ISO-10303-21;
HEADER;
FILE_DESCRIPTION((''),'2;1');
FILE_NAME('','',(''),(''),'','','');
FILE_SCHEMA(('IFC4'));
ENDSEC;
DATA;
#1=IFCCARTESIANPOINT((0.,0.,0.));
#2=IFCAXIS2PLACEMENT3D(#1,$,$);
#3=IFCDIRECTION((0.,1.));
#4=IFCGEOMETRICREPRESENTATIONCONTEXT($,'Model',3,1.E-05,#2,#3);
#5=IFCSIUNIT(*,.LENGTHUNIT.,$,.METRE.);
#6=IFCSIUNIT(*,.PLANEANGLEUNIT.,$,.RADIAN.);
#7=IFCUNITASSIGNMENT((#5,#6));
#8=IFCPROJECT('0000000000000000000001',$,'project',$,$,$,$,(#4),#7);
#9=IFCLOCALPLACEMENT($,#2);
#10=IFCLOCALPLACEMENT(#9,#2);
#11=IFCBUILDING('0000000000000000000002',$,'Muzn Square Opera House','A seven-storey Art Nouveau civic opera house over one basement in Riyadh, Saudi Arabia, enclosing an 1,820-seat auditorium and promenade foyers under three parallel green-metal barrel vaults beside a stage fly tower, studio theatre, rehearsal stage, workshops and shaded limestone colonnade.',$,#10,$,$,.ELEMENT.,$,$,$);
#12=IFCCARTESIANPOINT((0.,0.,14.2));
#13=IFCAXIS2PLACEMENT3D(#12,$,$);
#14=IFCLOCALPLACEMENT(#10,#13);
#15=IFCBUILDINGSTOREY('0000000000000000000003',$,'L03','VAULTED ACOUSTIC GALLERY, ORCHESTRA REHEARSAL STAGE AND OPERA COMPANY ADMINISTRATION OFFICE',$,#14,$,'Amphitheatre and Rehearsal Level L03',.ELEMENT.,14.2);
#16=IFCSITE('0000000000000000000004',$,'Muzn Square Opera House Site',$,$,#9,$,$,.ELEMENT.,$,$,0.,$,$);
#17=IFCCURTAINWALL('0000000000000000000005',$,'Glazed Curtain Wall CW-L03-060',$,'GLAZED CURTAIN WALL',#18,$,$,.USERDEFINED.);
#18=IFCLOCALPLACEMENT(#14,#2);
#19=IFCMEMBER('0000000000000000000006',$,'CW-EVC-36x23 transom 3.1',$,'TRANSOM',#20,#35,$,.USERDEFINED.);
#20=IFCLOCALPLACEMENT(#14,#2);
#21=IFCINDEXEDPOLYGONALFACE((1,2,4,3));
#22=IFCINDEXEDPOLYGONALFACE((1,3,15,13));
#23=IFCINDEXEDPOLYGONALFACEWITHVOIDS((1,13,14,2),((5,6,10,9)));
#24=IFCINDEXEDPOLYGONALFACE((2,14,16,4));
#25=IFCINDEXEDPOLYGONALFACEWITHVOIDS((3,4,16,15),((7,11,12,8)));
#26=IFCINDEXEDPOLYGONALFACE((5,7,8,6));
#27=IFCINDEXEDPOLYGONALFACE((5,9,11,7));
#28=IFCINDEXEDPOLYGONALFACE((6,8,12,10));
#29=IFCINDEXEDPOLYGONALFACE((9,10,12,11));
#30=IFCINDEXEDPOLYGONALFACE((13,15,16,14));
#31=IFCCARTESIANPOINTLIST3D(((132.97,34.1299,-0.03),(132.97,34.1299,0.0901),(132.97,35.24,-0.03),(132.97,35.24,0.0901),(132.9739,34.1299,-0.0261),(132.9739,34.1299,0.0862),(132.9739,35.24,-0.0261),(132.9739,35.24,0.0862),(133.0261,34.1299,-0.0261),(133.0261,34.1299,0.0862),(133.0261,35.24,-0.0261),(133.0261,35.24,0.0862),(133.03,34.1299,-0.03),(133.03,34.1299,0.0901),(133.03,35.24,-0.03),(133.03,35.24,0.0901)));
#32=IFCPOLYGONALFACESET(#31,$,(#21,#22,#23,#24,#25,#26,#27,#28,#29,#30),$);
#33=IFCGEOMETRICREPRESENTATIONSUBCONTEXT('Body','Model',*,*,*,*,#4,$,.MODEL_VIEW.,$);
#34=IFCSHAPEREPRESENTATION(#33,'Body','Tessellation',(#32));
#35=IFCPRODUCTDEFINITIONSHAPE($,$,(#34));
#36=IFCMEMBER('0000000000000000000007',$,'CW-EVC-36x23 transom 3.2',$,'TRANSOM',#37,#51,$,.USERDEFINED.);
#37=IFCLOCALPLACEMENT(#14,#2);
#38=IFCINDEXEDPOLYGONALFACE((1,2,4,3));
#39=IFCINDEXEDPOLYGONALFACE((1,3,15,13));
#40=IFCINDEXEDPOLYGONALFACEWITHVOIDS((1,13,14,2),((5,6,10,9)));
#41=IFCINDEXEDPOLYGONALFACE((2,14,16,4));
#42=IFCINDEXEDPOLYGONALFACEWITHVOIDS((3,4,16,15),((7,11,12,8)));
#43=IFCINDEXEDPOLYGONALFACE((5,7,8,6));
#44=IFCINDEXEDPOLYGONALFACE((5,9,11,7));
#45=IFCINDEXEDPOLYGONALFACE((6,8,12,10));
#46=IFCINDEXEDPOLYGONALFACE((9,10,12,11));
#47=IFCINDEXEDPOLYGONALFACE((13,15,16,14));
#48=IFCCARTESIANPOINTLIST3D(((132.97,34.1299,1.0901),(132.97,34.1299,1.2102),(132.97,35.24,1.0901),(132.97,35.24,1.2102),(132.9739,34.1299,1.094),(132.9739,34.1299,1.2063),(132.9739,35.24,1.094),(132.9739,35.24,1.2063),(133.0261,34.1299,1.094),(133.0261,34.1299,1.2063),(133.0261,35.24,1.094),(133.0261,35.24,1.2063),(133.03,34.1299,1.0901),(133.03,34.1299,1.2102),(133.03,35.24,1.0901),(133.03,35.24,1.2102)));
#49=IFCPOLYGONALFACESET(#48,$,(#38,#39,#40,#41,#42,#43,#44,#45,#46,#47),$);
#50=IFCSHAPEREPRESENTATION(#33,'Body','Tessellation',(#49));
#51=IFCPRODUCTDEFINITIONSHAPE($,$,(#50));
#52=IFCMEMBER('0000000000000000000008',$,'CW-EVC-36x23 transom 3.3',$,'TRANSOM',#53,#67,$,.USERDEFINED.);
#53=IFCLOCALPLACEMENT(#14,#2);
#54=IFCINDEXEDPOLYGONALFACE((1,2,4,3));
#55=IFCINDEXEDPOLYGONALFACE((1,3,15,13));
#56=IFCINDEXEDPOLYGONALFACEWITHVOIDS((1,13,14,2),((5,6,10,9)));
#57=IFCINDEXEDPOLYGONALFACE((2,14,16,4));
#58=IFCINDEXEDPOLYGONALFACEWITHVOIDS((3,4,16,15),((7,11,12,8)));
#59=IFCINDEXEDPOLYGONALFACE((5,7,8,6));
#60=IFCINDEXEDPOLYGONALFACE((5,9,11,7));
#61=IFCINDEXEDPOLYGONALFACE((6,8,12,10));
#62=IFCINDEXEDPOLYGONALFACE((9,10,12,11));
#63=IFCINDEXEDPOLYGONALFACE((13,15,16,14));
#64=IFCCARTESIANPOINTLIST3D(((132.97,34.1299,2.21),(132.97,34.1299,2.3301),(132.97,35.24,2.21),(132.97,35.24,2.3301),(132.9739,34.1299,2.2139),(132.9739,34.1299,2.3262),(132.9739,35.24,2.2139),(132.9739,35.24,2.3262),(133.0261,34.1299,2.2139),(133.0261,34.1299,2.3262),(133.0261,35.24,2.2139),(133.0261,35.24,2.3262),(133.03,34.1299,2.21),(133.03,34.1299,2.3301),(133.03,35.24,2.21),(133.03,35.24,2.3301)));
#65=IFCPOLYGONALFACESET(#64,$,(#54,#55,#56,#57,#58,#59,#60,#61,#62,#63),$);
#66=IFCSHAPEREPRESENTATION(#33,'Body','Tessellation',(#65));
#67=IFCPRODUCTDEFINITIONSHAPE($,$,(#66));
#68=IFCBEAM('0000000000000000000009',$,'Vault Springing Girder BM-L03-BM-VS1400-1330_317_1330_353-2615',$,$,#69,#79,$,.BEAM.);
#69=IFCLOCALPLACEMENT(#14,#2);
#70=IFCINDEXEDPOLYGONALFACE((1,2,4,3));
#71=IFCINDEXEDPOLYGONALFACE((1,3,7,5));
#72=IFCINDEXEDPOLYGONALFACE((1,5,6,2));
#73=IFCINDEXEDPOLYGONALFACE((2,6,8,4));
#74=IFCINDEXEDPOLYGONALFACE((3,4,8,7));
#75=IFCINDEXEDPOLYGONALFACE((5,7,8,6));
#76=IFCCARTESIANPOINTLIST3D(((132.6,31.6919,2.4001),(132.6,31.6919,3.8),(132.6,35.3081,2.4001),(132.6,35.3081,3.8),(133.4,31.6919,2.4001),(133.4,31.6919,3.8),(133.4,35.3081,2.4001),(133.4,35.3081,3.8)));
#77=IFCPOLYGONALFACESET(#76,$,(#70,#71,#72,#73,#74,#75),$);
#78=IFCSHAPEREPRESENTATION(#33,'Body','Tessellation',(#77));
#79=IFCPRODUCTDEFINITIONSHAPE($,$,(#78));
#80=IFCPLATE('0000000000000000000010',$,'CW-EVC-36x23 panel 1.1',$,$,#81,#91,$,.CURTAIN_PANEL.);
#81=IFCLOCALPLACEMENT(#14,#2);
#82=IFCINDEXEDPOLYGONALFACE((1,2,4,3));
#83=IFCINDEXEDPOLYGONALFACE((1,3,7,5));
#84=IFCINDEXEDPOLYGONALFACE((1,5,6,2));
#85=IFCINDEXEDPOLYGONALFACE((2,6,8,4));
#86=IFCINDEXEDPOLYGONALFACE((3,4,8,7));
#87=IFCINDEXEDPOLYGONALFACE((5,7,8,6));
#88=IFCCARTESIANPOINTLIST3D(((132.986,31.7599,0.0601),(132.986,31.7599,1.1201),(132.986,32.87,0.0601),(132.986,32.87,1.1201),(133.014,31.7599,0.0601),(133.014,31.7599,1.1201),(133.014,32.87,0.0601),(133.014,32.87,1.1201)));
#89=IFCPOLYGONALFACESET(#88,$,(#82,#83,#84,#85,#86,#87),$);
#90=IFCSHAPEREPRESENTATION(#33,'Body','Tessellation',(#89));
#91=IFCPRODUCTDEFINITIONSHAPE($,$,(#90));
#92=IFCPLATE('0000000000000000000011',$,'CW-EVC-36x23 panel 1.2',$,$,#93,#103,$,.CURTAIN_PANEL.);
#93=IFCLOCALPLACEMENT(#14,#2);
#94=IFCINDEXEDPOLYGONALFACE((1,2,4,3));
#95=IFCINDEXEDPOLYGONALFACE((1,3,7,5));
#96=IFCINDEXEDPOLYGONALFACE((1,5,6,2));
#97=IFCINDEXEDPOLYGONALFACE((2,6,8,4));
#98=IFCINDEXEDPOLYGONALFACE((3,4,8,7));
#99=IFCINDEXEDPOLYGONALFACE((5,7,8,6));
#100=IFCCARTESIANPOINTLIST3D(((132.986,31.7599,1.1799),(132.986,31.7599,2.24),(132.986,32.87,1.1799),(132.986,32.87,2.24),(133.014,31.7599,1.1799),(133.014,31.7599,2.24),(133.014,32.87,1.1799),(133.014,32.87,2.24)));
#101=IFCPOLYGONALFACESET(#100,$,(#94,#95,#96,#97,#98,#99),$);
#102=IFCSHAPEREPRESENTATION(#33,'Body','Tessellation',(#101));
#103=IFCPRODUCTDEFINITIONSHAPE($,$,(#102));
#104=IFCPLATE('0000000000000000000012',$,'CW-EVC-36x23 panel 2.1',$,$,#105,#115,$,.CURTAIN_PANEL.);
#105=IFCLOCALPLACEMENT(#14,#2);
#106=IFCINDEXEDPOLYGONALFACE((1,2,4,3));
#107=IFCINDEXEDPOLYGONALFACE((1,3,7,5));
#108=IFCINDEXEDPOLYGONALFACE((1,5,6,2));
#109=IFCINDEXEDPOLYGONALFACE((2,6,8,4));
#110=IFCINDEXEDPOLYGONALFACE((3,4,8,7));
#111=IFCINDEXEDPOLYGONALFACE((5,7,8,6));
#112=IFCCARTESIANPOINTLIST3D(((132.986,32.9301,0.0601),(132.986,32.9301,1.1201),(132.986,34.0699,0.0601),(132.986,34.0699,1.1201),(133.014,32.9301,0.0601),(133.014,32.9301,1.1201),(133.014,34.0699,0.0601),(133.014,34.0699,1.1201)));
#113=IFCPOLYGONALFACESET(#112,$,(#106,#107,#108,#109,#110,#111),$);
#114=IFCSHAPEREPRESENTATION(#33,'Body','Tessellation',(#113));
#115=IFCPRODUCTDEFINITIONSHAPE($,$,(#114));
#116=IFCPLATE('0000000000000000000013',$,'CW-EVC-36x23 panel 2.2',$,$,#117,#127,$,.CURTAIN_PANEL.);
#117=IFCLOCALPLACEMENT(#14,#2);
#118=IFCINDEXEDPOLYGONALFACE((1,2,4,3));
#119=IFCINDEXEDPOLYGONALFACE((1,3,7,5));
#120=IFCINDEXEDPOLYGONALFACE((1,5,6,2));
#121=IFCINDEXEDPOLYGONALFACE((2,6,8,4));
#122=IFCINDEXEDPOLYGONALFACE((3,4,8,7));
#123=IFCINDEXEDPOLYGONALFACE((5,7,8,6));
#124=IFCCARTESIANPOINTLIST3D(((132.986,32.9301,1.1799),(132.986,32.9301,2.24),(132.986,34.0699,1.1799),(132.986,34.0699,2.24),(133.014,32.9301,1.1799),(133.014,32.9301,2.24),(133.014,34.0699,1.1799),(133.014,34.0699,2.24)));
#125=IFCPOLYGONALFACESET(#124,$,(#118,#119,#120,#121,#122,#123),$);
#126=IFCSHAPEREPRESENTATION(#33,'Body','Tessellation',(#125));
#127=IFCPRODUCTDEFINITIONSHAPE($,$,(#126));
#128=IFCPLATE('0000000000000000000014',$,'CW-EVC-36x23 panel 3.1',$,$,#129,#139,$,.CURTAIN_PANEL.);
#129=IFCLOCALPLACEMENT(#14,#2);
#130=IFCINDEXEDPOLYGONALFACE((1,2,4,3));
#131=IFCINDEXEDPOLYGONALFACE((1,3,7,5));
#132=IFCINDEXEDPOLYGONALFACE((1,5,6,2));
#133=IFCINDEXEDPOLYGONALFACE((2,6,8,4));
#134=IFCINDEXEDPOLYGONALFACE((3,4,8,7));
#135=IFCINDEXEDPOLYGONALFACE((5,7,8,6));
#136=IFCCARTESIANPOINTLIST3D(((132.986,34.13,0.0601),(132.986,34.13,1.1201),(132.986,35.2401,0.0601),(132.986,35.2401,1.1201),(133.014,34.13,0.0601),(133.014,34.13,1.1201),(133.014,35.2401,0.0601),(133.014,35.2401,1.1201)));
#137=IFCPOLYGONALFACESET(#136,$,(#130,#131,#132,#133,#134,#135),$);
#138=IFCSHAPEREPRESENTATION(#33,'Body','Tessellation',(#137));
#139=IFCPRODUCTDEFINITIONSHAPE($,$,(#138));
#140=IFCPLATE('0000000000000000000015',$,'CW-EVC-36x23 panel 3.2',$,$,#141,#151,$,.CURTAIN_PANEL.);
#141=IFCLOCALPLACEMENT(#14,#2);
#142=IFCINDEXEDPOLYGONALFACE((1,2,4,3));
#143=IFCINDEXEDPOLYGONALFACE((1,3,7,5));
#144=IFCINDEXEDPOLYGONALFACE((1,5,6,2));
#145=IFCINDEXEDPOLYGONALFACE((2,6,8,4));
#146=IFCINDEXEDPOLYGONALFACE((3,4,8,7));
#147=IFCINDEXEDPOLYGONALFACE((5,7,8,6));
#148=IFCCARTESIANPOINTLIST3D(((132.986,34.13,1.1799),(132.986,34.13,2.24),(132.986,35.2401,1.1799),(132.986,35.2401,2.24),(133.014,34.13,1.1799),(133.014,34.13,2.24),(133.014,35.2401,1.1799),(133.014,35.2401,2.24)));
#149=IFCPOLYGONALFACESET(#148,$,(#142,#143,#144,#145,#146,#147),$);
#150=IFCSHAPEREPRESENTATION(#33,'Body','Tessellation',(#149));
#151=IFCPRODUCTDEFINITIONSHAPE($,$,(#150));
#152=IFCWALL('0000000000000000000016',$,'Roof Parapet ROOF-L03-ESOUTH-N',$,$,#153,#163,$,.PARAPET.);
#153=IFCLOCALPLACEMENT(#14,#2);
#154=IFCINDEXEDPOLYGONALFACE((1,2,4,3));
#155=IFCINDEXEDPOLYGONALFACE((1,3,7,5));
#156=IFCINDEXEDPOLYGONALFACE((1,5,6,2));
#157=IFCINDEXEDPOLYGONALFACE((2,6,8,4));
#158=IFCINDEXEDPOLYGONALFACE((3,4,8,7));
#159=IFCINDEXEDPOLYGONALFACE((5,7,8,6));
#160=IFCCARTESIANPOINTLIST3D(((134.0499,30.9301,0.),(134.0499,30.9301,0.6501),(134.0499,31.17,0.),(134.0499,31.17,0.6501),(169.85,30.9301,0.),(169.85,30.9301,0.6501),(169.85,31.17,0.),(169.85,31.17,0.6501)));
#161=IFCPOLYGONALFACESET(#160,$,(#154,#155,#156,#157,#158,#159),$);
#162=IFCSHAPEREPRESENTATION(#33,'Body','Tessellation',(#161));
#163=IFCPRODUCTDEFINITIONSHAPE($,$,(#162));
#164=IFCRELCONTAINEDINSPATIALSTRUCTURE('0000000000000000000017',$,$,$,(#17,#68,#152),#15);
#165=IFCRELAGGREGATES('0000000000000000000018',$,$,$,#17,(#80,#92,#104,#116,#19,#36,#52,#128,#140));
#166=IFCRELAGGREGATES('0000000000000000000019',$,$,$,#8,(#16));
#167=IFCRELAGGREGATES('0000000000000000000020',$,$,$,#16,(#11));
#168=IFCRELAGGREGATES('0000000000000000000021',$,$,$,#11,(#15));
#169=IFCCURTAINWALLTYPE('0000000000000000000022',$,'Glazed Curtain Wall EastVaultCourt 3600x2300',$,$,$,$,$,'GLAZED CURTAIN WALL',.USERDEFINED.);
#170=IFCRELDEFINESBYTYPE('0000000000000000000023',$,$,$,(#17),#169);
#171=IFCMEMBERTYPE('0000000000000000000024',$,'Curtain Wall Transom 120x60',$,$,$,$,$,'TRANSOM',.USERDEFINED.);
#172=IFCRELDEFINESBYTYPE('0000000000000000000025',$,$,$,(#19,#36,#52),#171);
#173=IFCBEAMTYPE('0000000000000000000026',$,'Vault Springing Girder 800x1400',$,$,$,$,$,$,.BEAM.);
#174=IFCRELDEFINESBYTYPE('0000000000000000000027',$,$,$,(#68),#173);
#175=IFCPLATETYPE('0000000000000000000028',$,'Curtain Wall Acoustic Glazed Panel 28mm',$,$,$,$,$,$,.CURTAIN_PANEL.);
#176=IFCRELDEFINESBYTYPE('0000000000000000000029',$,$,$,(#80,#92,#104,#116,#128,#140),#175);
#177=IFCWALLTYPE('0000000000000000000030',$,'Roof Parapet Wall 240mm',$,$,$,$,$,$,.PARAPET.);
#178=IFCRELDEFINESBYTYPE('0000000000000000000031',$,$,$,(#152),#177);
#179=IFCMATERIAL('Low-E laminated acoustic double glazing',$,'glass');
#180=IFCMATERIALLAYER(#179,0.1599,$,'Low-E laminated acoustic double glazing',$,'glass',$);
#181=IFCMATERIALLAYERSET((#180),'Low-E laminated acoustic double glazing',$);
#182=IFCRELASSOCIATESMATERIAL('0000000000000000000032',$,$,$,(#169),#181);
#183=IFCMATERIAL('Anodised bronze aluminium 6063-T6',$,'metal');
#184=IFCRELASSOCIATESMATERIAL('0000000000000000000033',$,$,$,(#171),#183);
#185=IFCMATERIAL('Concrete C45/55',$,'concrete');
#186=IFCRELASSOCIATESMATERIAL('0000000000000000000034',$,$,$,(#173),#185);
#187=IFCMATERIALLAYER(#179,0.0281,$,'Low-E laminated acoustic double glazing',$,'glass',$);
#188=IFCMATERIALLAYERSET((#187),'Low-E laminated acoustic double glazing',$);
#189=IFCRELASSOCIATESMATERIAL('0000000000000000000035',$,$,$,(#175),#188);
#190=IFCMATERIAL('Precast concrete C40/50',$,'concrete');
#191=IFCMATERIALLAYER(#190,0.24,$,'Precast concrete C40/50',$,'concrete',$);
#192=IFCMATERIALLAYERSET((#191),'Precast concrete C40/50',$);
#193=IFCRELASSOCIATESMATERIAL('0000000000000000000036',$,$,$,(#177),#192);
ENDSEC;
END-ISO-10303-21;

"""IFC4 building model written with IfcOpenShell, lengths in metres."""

from ifc_helpers import new_model, si_unit, direction, frame, frame_2d, origin, origin_2d, place, context, subcontext, project, spatial, rectangle, hollow_rectangle, extrude, material, layer, layer_set, material_profile, profile_set, type_object, element, aggregate, save


model = new_model("IFC4")

# Units and contexts
model_context = context("Model", 3, precision=1e-05, world=origin(), true_north=direction((0.0, 1.0)))
body_context = subcontext(model_context, "Body", "Model", "MODEL_VIEW")
ifc_project = project(units=[si_unit("LENGTHUNIT", "METRE"), si_unit("PLANEANGLEUNIT", "RADIAN")], contexts=[model_context])

# Site, building, storey
site_placement = place(None, origin())
site = spatial("IfcSite", under=ifc_project, at=site_placement, Name="Muzn Square Opera House Site", CompositionType="ELEMENT", RefElevation=0.0)
building_placement = place(site_placement, origin())
building = spatial("IfcBuilding", under=site, at=building_placement, Name="Muzn Square Opera House", Description="A seven-storey Art Nouveau civic opera house over one basement in Riyadh, Saudi Arabia, enclosing an 1,820-seat auditorium and promenade foyers under three parallel green-metal barrel vaults beside a stage fly tower, studio theatre, rehearsal stage, workshops and shaded limestone colonnade.", CompositionType="ELEMENT")
storey_placement = place(building_placement, frame((0.0, 0.0, 14.2)))
storey = spatial("IfcBuildingStorey", under=building, at=storey_placement, Name="L03", Description="VAULTED ACOUSTIC GALLERY, ORCHESTRA REHEARSAL STAGE AND OPERA COMPANY ADMINISTRATION OFFICE", LongName="Amphitheatre and Rehearsal Level L03", CompositionType="ELEMENT", Elevation=14.2)

# Shared definitions
ifc_material_1 = material(Name="Concrete C45/55", Category="concrete")

# Curtain wall, members
ifc_material_2 = material(Name="Low-E laminated acoustic double glazing", Category="glass")
ifc_layer_1 = layer(ifc_material_2, 0.1599, Name="Low-E laminated acoustic double glazing", Category="glass")
ifc_layer_set_1 = layer_set([ifc_layer_1], Name="Low-E laminated acoustic double glazing")
curtain_wall_type = type_object("IfcCurtainWallType", Name="Glazed Curtain Wall EastVaultCourt 3600x2300", ElementType="GLAZED CURTAIN WALL", PredefinedType="USERDEFINED", material=ifc_layer_set_1)
curtain_wall_placement = place(storey_placement, origin())
curtain_wall = element("IfcCurtainWall", 1, at=curtain_wall_placement, inside=storey, type_object=curtain_wall_type, Name="Glazed Curtain Wall CW-L03-060", ObjectType="GLAZED CURTAIN WALL", PredefinedType="USERDEFINED")
ifc_material_3 = material(Name="Anodised bronze aluminium 6063-T6", Category="metal")
ifc_material_profile_1 = material_profile(ifc_material_3, hollow_rectangle(XDim=0.0601, YDim=0.1201, WallThickness=0.0039, at=origin_2d()), Name="ALU 120x60x4", Category="metal")
ifc_profile_set_1 = profile_set([ifc_material_profile_1], Name="Anodised bronze aluminium 6063-T6")
member_type_1 = type_object("IfcMemberType", Name="Curtain Wall Transom 120x60", ElementType="TRANSOM", PredefinedType="USERDEFINED", material=ifc_profile_set_1)
member_1_placement = place(storey_placement, frame((133.0, 34.1299, 0.03), z_axis=(0.0, 1.0, 0.0), x_axis=(-1.0, 0.0, 0.0)))
member_1 = element("IfcMember", 2, at=member_1_placement, type_object=member_type_1, Name="CW-EVC-36x23 transom 3.1", ObjectType="TRANSOM", PredefinedType="USERDEFINED", context=body_context, shape_type="SweptSolid", body=[
    extrude(hollow_rectangle(XDim=0.0601, YDim=0.1201, WallThickness=0.0039, at=origin_2d()), origin(), (0.0, 0.0, 1.0), 1.1101),
])
member_2_placement = place(storey_placement, frame((133.0, 34.1299, 1.1501), z_axis=(0.0, 1.0, 0.0), x_axis=(-1.0, 0.0, 0.0)))
member_2 = element("IfcMember", 3, at=member_2_placement, type_object=member_type_1, Name="CW-EVC-36x23 transom 3.2", ObjectType="TRANSOM", PredefinedType="USERDEFINED", context=body_context, shape_type="SweptSolid", body=[
    extrude(hollow_rectangle(XDim=0.0601, YDim=0.1201, WallThickness=0.0039, at=origin_2d()), origin(), (0.0, 0.0, 1.0), 1.1101),
])
member_3_placement = place(storey_placement, frame((133.0, 34.1299, 2.27), z_axis=(0.0, 1.0, 0.0), x_axis=(-1.0, 0.0, 0.0)))
member_3 = element("IfcMember", 4, at=member_3_placement, type_object=member_type_1, Name="CW-EVC-36x23 transom 3.3", ObjectType="TRANSOM", PredefinedType="USERDEFINED", context=body_context, shape_type="SweptSolid", body=[
    extrude(hollow_rectangle(XDim=0.0601, YDim=0.1201, WallThickness=0.0039, at=origin_2d()), origin(), (0.0, 0.0, 1.0), 1.1101),
])

# Beam
ifc_material_profile_2 = material_profile(ifc_material_1, rectangle(XDim=0.8, YDim=1.3999, at=origin_2d()), Name="RCB 800x1400", Category="concrete")
ifc_profile_set_2 = profile_set([ifc_material_profile_2], Name="Concrete C45/55")
beam_type = type_object("IfcBeamType", Name="Vault Springing Girder 800x1400", PredefinedType="BEAM", material=ifc_profile_set_2)
beam_placement = place(storey_placement, frame((133.0, 31.6919, 3.1001), z_axis=(0.0, 1.0, 0.0), x_axis=(-1.0, 0.0, 0.0)))
element("IfcBeam", 5, at=beam_placement, inside=storey, type_object=beam_type, Name="Vault Springing Girder BM-L03-BM-VS1400-1330_317_1330_353-2615", PredefinedType="BEAM", context=body_context, shape_type="SweptSolid", body=[
    extrude(rectangle(XDim=0.8, YDim=1.3999, at=origin_2d()), origin(), (0.0, 0.0, 1.0), 3.6162),
])

# Plates
ifc_layer_2 = layer(ifc_material_2, 0.0281, Name="Low-E laminated acoustic double glazing", Category="glass")
ifc_layer_set_2 = layer_set([ifc_layer_2], Name="Low-E laminated acoustic double glazing")
plate_type = type_object("IfcPlateType", Name="Curtain Wall Acoustic Glazed Panel 28mm", PredefinedType="CURTAIN_PANEL", material=ifc_layer_set_2)
plate_1_placement = place(storey_placement, frame((133.0, 32.3149, 0.0601), z_axis=(0.0, 0.0, 1.0), x_axis=(0.0, 1.0, 0.0)))
plate_1 = element("IfcPlate", 6, at=plate_1_placement, type_object=plate_type, Name="CW-EVC-36x23 panel 1.1", PredefinedType="CURTAIN_PANEL", context=body_context, shape_type="SweptSolid", body=[
    extrude(rectangle(XDim=1.1101, YDim=0.0281, at=origin_2d()), origin(), (0.0, 0.0, 1.0), 1.0601),
])
plate_2_placement = place(storey_placement, frame((133.0, 32.3149, 1.1799), z_axis=(0.0, 0.0, 1.0), x_axis=(0.0, 1.0, 0.0)))
plate_2 = element("IfcPlate", 7, at=plate_2_placement, type_object=plate_type, Name="CW-EVC-36x23 panel 1.2", PredefinedType="CURTAIN_PANEL", context=body_context, shape_type="SweptSolid", body=[
    extrude(rectangle(XDim=1.1101, YDim=0.0281, at=origin_2d()), origin(), (0.0, 0.0, 1.0), 1.0601),
])
plate_3_placement = place(storey_placement, frame((133.0, 33.5, 0.0601), z_axis=(0.0, 0.0, 1.0), x_axis=(0.0, 1.0, 0.0)))
plate_3 = element("IfcPlate", 8, at=plate_3_placement, type_object=plate_type, Name="CW-EVC-36x23 panel 2.1", PredefinedType="CURTAIN_PANEL", context=body_context, shape_type="SweptSolid", body=[
    extrude(rectangle(XDim=1.1399, YDim=0.0281, at=origin_2d()), origin(), (0.0, 0.0, 1.0), 1.0601),
])
plate_4_placement = place(storey_placement, frame((133.0, 33.5, 1.1799), z_axis=(0.0, 0.0, 1.0), x_axis=(0.0, 1.0, 0.0)))
plate_4 = element("IfcPlate", 9, at=plate_4_placement, type_object=plate_type, Name="CW-EVC-36x23 panel 2.2", PredefinedType="CURTAIN_PANEL", context=body_context, shape_type="SweptSolid", body=[
    extrude(rectangle(XDim=1.1399, YDim=0.0281, at=origin_2d()), origin(), (0.0, 0.0, 1.0), 1.0601),
])
plate_5_placement = place(storey_placement, frame((133.0, 34.6851, 0.0601), z_axis=(0.0, 0.0, 1.0), x_axis=(0.0, 1.0, 0.0)))
plate_5 = element("IfcPlate", 10, at=plate_5_placement, type_object=plate_type, Name="CW-EVC-36x23 panel 3.1", PredefinedType="CURTAIN_PANEL", context=body_context, shape_type="SweptSolid", body=[
    extrude(rectangle(XDim=1.1101, YDim=0.0281, at=origin_2d()), origin(), (0.0, 0.0, 1.0), 1.0601),
])
plate_6_placement = place(storey_placement, frame((133.0, 34.6851, 1.1799), z_axis=(0.0, 0.0, 1.0), x_axis=(0.0, 1.0, 0.0)))
plate_6 = element("IfcPlate", 11, at=plate_6_placement, type_object=plate_type, Name="CW-EVC-36x23 panel 3.2", PredefinedType="CURTAIN_PANEL", context=body_context, shape_type="SweptSolid", body=[
    extrude(rectangle(XDim=1.1101, YDim=0.0281, at=origin_2d()), origin(), (0.0, 0.0, 1.0), 1.0601),
])
aggregate(curtain_wall, [plate_1, plate_2, plate_3, plate_4, member_1, member_2, member_3, plate_5, plate_6])

# Wall
ifc_material_4 = material(Name="Precast concrete C40/50", Category="concrete")
ifc_layer_3 = layer(ifc_material_4, 0.24, Name="Precast concrete C40/50", Category="concrete")
ifc_layer_set_3 = layer_set([ifc_layer_3], Name="Precast concrete C40/50")
wall_type = type_object("IfcWallType", Name="Roof Parapet Wall 240mm", PredefinedType="PARAPET", material=ifc_layer_set_3)
wall_placement = place(storey_placement, frame((134.05, 31.05, 0.0), z_axis=(0.0, 0.0, 1.0), x_axis=(1.0, 0.0, 0.0)))
element("IfcWall", 12, at=wall_placement, inside=storey, type_object=wall_type, Name="Roof Parapet ROOF-L03-ESOUTH-N", PredefinedType="PARAPET", context=body_context, shape_type="SweptSolid", body=[
    extrude(rectangle(XDim=35.8, YDim=0.24, at=frame_2d((17.8999, 0.0))), origin(), (0.0, 0.0, 1.0), 0.6501),
])

save(model, "model.ifc")
